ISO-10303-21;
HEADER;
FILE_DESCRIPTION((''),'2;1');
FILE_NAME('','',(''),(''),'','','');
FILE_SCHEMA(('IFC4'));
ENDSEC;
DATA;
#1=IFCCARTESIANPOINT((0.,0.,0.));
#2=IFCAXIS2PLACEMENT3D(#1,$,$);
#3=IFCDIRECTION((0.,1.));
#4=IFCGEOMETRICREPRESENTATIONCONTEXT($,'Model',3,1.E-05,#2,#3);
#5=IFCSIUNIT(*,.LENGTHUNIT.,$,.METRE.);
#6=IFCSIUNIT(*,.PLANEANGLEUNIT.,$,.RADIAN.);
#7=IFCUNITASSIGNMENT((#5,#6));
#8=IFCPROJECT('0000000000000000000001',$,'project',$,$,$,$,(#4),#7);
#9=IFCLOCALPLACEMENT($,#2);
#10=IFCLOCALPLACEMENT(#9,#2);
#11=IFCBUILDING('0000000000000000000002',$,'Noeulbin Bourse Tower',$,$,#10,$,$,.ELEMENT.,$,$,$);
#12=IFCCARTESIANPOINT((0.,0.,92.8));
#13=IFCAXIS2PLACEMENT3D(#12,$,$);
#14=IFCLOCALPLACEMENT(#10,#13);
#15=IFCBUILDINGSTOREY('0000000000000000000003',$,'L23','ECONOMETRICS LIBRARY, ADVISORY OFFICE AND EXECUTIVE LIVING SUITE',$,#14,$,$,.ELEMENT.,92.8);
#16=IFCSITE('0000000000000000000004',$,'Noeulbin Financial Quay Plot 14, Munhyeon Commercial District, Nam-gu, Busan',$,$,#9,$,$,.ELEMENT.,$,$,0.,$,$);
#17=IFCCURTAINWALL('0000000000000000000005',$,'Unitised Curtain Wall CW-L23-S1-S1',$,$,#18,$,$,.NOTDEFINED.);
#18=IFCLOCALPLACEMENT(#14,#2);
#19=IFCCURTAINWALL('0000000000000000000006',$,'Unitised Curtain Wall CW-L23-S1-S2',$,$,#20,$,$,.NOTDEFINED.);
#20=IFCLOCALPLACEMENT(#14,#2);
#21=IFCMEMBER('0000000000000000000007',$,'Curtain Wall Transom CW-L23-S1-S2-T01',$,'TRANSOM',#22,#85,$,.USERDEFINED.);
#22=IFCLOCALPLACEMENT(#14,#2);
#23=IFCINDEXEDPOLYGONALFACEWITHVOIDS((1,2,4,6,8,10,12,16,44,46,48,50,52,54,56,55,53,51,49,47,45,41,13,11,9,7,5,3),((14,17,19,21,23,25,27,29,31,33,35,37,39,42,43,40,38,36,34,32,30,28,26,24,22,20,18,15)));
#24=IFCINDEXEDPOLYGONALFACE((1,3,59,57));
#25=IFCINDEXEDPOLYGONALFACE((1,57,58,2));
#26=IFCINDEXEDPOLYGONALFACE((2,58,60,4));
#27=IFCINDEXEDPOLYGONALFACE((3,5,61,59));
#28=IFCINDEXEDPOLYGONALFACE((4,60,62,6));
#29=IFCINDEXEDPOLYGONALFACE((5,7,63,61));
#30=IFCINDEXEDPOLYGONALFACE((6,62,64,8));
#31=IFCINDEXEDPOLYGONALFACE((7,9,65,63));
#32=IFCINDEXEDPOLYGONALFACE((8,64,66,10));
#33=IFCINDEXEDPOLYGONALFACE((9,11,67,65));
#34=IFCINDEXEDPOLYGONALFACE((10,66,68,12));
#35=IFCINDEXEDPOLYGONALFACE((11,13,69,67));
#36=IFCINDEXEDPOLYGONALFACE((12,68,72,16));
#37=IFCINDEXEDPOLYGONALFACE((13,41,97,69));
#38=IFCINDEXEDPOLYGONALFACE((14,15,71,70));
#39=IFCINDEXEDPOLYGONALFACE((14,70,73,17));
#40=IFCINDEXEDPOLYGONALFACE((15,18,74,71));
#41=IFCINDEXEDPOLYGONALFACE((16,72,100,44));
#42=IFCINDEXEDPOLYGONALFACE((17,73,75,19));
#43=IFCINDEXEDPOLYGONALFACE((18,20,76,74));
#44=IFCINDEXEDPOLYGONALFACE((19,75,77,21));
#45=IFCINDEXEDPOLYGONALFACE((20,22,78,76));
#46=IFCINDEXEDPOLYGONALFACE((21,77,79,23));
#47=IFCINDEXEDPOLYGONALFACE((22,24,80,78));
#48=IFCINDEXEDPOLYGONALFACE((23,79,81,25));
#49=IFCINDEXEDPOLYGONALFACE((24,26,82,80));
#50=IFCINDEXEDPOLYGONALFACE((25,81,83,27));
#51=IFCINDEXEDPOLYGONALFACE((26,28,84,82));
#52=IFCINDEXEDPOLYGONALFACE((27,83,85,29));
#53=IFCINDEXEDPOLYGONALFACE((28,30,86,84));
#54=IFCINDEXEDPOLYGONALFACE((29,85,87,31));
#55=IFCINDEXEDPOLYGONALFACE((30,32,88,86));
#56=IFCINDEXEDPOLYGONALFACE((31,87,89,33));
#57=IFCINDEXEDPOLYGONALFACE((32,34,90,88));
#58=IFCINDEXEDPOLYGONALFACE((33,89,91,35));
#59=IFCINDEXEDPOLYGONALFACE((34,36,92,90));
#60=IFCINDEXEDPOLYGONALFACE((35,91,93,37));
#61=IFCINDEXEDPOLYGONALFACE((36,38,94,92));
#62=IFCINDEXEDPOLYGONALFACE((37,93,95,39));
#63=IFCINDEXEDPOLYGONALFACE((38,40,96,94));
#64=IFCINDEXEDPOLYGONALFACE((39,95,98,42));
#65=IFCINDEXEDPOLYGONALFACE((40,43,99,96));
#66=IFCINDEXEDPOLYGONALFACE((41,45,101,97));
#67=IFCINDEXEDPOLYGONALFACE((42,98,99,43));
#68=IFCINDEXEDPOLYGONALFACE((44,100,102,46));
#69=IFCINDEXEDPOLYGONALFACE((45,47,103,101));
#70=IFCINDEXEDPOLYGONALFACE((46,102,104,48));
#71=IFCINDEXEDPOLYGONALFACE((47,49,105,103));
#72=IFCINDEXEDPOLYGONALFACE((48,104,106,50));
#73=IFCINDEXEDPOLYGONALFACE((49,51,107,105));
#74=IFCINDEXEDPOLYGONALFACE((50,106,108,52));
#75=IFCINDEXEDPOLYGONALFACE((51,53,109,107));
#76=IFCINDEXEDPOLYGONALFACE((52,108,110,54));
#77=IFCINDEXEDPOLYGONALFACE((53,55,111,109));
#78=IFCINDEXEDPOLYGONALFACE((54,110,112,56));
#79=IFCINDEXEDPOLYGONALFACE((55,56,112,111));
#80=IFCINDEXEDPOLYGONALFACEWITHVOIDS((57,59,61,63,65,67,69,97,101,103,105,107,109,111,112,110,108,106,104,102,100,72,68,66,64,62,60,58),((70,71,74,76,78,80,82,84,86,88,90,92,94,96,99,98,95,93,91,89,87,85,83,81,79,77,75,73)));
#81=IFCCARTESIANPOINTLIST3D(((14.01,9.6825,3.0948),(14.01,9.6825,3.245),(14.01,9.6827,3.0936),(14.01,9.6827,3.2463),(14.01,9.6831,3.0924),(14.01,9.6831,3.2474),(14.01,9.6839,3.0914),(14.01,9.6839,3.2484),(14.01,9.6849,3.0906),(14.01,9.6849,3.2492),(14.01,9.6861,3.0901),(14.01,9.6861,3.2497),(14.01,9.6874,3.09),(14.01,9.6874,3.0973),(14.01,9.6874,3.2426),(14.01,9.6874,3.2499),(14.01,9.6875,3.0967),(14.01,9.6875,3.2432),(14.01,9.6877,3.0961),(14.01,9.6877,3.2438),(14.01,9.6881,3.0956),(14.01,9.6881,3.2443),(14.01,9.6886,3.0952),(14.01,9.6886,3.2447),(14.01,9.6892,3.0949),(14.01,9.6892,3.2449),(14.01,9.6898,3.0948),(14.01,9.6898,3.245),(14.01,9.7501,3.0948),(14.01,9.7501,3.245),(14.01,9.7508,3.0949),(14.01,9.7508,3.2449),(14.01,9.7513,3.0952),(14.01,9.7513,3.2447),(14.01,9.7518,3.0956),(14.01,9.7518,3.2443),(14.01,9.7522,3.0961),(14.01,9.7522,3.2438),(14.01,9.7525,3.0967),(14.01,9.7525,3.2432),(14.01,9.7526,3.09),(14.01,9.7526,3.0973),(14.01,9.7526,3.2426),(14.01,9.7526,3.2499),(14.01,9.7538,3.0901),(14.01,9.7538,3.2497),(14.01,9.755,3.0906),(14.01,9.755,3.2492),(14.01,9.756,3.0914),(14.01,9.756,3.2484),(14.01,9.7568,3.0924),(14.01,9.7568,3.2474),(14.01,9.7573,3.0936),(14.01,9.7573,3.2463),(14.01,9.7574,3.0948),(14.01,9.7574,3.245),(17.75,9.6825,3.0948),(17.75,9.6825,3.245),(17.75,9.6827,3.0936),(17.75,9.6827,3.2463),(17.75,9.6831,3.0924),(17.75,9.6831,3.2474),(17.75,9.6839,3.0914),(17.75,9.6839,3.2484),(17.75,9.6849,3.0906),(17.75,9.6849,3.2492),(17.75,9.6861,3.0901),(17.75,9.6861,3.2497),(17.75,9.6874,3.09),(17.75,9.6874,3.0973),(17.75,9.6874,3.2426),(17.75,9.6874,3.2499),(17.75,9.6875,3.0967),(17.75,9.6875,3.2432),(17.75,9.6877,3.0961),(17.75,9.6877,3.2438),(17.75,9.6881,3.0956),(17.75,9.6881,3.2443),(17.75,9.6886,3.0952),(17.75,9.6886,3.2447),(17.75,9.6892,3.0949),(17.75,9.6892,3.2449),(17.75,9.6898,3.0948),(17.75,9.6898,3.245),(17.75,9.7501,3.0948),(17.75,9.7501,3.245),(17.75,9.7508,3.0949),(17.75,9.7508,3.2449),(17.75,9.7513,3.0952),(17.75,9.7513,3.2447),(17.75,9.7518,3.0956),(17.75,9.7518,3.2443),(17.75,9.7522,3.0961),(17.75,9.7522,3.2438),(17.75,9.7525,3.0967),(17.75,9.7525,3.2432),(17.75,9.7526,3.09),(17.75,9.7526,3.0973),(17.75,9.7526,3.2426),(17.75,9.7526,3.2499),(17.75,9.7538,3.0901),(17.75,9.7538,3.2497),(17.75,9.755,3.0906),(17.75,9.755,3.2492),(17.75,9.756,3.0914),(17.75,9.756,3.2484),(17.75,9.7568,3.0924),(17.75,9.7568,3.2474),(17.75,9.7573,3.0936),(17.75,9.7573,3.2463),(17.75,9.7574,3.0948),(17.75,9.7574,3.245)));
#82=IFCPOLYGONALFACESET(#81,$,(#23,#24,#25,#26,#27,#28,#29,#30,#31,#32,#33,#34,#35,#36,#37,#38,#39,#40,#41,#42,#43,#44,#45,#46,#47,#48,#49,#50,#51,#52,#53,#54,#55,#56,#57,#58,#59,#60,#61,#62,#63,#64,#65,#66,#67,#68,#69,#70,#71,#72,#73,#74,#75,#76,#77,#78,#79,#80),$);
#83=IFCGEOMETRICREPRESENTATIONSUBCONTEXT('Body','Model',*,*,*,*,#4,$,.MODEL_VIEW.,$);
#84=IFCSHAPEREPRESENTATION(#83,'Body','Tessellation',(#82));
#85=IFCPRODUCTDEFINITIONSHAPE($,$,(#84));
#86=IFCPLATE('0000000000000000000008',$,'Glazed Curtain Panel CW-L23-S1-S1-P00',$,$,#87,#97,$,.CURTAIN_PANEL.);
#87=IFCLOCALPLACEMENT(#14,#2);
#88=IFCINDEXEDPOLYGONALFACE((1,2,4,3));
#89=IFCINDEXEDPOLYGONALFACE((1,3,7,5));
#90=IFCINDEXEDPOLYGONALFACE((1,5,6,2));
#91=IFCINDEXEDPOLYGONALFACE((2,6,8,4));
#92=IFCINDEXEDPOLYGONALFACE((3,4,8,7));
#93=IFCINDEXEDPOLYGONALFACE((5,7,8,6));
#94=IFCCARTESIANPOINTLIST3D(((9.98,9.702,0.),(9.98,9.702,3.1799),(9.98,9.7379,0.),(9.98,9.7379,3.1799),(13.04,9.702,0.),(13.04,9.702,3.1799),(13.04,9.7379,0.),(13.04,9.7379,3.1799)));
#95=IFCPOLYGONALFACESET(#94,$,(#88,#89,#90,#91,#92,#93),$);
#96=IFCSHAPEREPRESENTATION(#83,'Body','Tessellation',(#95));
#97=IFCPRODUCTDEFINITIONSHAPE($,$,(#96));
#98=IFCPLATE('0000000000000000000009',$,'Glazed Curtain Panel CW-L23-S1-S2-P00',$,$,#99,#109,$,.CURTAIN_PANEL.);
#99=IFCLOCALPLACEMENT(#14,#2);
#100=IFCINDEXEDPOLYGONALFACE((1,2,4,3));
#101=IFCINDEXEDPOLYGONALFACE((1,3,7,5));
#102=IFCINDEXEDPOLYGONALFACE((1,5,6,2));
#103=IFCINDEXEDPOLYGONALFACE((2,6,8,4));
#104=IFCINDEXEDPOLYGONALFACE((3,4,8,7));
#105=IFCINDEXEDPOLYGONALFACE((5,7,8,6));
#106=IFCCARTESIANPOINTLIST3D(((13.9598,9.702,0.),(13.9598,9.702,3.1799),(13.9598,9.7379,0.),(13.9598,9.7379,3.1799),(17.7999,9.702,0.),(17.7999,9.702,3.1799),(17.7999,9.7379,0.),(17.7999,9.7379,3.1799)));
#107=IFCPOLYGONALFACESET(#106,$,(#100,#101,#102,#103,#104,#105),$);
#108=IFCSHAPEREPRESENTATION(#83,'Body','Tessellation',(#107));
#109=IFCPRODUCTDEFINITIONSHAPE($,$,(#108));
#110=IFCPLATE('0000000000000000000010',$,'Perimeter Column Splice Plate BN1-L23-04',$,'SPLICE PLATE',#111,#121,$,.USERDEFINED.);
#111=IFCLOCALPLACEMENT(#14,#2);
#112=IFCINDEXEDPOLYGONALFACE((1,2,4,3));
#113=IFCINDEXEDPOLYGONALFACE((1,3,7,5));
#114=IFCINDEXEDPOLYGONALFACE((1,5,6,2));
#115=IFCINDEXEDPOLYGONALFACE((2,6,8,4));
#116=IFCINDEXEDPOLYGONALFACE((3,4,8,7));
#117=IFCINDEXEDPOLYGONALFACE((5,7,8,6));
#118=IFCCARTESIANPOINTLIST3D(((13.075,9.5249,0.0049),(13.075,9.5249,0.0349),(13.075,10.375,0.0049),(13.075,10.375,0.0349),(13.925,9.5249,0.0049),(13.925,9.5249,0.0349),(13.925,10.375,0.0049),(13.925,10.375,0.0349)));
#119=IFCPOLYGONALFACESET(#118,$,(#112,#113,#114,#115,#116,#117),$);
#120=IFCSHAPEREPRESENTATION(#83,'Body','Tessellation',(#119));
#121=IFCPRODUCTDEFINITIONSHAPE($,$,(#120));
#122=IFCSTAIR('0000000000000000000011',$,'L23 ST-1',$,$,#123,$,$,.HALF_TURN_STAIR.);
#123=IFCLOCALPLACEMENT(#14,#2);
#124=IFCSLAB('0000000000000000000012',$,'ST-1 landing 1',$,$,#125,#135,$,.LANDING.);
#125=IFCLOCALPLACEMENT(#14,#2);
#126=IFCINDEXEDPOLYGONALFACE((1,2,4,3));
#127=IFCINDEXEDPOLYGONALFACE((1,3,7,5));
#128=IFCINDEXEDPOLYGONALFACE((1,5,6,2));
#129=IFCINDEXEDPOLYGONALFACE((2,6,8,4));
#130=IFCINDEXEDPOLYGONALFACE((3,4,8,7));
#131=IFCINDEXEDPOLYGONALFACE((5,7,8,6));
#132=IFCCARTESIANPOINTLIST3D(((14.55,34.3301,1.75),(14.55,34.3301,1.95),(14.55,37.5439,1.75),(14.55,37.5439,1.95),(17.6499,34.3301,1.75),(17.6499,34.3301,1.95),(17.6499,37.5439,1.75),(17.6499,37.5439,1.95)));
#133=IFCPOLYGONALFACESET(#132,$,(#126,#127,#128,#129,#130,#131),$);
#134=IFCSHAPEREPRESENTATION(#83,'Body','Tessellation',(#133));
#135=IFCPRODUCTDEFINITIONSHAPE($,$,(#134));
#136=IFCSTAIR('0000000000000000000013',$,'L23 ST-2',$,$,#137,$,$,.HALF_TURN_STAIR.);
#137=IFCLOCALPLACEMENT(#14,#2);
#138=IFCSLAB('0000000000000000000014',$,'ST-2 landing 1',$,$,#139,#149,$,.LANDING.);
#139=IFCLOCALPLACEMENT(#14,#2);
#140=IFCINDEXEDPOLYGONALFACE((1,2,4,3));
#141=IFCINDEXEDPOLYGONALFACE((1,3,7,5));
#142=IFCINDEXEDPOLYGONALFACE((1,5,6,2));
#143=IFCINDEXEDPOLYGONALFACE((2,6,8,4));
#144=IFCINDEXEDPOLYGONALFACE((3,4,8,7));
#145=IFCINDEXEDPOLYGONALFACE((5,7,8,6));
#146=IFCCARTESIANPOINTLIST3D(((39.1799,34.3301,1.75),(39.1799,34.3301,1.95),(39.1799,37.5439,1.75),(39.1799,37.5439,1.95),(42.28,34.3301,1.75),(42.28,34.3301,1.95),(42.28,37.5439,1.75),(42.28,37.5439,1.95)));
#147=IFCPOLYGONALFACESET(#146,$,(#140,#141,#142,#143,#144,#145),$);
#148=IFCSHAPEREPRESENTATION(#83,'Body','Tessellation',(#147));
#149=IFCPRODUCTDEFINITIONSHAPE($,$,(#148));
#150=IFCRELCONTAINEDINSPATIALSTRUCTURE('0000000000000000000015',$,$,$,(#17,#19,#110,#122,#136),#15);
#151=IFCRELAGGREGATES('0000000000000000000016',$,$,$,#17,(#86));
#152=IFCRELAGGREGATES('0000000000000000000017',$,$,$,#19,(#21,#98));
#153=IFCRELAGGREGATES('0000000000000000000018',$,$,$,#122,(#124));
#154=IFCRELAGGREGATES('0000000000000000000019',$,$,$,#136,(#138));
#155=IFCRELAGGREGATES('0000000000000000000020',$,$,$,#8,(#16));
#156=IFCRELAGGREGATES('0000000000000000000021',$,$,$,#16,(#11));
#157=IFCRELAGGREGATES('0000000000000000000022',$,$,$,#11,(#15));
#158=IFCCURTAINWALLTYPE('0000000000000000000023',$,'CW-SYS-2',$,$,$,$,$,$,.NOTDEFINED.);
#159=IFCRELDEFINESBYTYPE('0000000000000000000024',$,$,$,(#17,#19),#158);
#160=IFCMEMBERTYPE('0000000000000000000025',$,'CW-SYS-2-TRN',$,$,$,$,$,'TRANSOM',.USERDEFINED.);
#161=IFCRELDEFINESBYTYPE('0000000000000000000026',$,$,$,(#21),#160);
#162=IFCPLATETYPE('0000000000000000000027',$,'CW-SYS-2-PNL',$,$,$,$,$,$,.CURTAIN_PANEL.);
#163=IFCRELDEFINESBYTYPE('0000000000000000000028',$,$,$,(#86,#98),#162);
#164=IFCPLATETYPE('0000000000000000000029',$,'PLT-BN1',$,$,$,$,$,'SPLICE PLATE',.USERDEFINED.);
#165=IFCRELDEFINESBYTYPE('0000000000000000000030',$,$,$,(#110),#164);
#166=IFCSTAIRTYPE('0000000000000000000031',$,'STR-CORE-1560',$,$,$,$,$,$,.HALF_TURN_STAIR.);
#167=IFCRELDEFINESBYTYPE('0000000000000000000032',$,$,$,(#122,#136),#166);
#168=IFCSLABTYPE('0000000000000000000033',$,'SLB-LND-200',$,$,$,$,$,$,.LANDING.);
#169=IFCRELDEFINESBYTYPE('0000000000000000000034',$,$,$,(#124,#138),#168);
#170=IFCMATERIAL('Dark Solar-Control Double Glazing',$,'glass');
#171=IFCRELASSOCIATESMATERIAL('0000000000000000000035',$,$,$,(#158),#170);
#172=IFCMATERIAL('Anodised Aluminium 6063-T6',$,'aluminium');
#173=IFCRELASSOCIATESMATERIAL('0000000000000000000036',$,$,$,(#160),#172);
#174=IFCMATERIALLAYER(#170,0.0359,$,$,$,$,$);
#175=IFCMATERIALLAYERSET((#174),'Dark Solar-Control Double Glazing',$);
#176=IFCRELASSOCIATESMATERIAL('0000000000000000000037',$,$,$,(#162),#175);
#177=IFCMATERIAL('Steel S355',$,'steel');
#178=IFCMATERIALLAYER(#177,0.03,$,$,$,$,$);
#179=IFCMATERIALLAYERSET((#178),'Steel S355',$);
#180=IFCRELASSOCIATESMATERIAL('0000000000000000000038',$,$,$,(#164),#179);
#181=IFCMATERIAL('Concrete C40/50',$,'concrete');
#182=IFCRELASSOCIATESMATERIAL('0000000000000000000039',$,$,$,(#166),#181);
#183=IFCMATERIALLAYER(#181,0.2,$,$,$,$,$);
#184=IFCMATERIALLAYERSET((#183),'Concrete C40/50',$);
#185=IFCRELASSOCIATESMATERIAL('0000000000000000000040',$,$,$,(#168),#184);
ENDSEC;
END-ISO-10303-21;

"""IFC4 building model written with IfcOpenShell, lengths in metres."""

from ifc_helpers import new_model, si_unit, direction, frame, origin, origin_2d, place, context, subcontext, project, spatial, polyline, rectangle, hollow_rectangle, outline, extrude, material, layer, layer_set, material_profile, profile_set, type_object, element, aggregate, save


model = new_model("IFC4")

# Units and contexts
model_context = context("Model", 3, precision=1e-05, world=origin(), true_north=direction((0.0, 1.0)))
body_context = subcontext(model_context, "Body", "Model", "MODEL_VIEW")
ifc_project = project(units=[si_unit("LENGTHUNIT", "METRE"), si_unit("PLANEANGLEUNIT", "RADIAN")], contexts=[model_context])

# Site, building, storey
site_placement = place(None, origin())
site = spatial("IfcSite", under=ifc_project, at=site_placement, Name="Noeulbin Financial Quay Plot 14, Munhyeon Commercial District, Nam-gu, Busan", CompositionType="ELEMENT", RefElevation=0.0)
building_placement = place(site_placement, origin())
building = spatial("IfcBuilding", under=site, at=building_placement, Name="Noeulbin Bourse Tower", CompositionType="ELEMENT")
storey_placement = place(building_placement, frame((0.0, 0.0, 92.8)))
storey = spatial("IfcBuildingStorey", under=building, at=storey_placement, Name="L23", Description="ECONOMETRICS LIBRARY, ADVISORY OFFICE AND EXECUTIVE LIVING SUITE", CompositionType="ELEMENT", Elevation=92.8)

# Shared definitions
ifc_material_1 = material(Name="Steel S355", Category="steel")

# Curtain wall
ifc_material_2 = material(Name="Dark Solar-Control Double Glazing", Category="glass")
curtain_wall_type = type_object("IfcCurtainWallType", Name="CW-SYS-2", PredefinedType="NOTDEFINED", material=ifc_material_2)
curtain_wall_1_placement = place(storey_placement, origin())
curtain_wall_1 = element("IfcCurtainWall", 1, at=curtain_wall_1_placement, inside=storey, type_object=curtain_wall_type, Name="Unitised Curtain Wall CW-L23-S1-S1", PredefinedType="NOTDEFINED")
ifc_material_3 = material(Name="Anodised Aluminium 6063-T6", Category="aluminium")

# Curtain wall
curtain_wall_2_placement = place(storey_placement, origin())
curtain_wall_2 = element("IfcCurtainWall", 2, at=curtain_wall_2_placement, inside=storey, type_object=curtain_wall_type, Name="Unitised Curtain Wall CW-L23-S1-S2", PredefinedType="NOTDEFINED")

# Member
ifc_material_profile_1 = material_profile(ifc_material_3, hollow_rectangle(XDim=0.075, YDim=0.1599, WallThickness=0.0049, InnerFilletRadius=0.0024, OuterFilletRadius=0.0049, at=origin_2d()), Name="ALU-TRAN-75x160x5", Category="LoadBearing")
ifc_profile_set_1 = profile_set([ifc_material_profile_1], Name="Anodised Aluminium 6063-T6")
member_type_1 = type_object("IfcMemberType", Name="CW-SYS-2-TRN", ElementType="TRANSOM", PredefinedType="USERDEFINED", material=ifc_profile_set_1)
member_1_placement = place(storey_placement, frame((14.01, 9.72, 3.1699), z_axis=(1.0, 0.0, 0.0), x_axis=(0.0, 1.0, 0.0)))
member_1 = element("IfcMember", 3, at=member_1_placement, type_object=member_type_1, Name="Curtain Wall Transom CW-L23-S1-S2-T01", ObjectType="TRANSOM", PredefinedType="USERDEFINED", context=body_context, shape_type="SweptSolid", body=[
    extrude(hollow_rectangle(XDim=0.075, YDim=0.1599, WallThickness=0.0049, InnerFilletRadius=0.0024, OuterFilletRadius=0.0049, at=origin_2d()), origin(), (0.0, 0.0, 1.0), 3.74),
])

# Plates
ifc_layer_1 = layer(ifc_material_2, 0.0359)
ifc_layer_set_1 = layer_set([ifc_layer_1], Name="Dark Solar-Control Double Glazing")
plate_type_1 = type_object("IfcPlateType", Name="CW-SYS-2-PNL", PredefinedType="CURTAIN_PANEL", material=ifc_layer_set_1)
plate_1_placement = place(storey_placement, frame((11.51, 9.72, 0.0), z_axis=(0.0, 0.0, 1.0), x_axis=(1.0, 0.0, 0.0)))
plate_1 = element("IfcPlate", 4, at=plate_1_placement, type_object=plate_type_1, Name="Glazed Curtain Panel CW-L23-S1-S1-P00", PredefinedType="CURTAIN_PANEL", context=body_context, shape_type="SweptSolid", body=[
    extrude(rectangle(XDim=3.0601, YDim=0.0359, at=origin_2d()), origin(), (0.0, 0.0, 1.0), 3.1799),
])
aggregate(curtain_wall_1, [plate_1])
plate_2_placement = place(storey_placement, frame((15.8799, 9.72, 0.0), z_axis=(0.0, 0.0, 1.0), x_axis=(1.0, 0.0, 0.0)))
plate_2 = element("IfcPlate", 5, at=plate_2_placement, type_object=plate_type_1, Name="Glazed Curtain Panel CW-L23-S1-S2-P00", PredefinedType="CURTAIN_PANEL", context=body_context, shape_type="SweptSolid", body=[
    extrude(rectangle(XDim=3.8401, YDim=0.0359, at=origin_2d()), origin(), (0.0, 0.0, 1.0), 3.1799),
])
aggregate(curtain_wall_2, [member_1, plate_2])
ifc_layer_2 = layer(ifc_material_1, 0.03)
ifc_layer_set_2 = layer_set([ifc_layer_2], Name="Steel S355")
plate_type_2 = type_object("IfcPlateType", Name="PLT-BN1", ElementType="SPLICE PLATE", PredefinedType="USERDEFINED", material=ifc_layer_set_2)
plate_3_placement = place(storey_placement, frame((13.5, 9.95, 0.0049), z_axis=(0.0, 0.0, 1.0), x_axis=(1.0, 0.0, 0.0)))
element("IfcPlate", 6, at=plate_3_placement, inside=storey, type_object=plate_type_2, Name="Perimeter Column Splice Plate BN1-L23-04", ObjectType="SPLICE PLATE", PredefinedType="USERDEFINED", context=body_context, shape_type="SweptSolid", body=[
    extrude(rectangle(XDim=0.8501, YDim=0.8501, at=origin_2d()), origin(), (0.0, 0.0, 1.0), 0.03),
])

# Stairs, slabs
ifc_material_4 = material(Name="Concrete C40/50", Category="concrete")
stair_type = type_object("IfcStairType", Name="STR-CORE-1560", PredefinedType="HALF_TURN_STAIR", material=ifc_material_4)
stair_1_placement = place(storey_placement, origin())
stair_1 = element("IfcStair", 7, at=stair_1_placement, inside=storey, type_object=stair_type, Name="L23 ST-1", PredefinedType="HALF_TURN_STAIR")
ifc_layer_3 = layer(ifc_material_4, 0.2)
ifc_layer_set_3 = layer_set([ifc_layer_3], Name="Concrete C40/50")
slab_type_1 = type_object("IfcSlabType", Name="SLB-LND-200", PredefinedType="LANDING", material=ifc_layer_set_3)
slab_1_placement = place(storey_placement, frame((0.0, 0.0, 1.75)))
slab_1 = element("IfcSlab", 8, at=slab_1_placement, type_object=slab_type_1, Name="ST-1 landing 1", PredefinedType="LANDING", context=body_context, shape_type="SweptSolid", body=[
    extrude(outline(polyline([(17.6499, 34.3301), (17.6499, 37.5439), (14.55, 37.5439), (14.55, 34.3301), (17.6499, 34.3301)])), origin(), (0.0, 0.0, 1.0), 0.2),
])
aggregate(stair_1, [slab_1])
stair_2_placement = place(storey_placement, origin())
stair_2 = element("IfcStair", 9, at=stair_2_placement, inside=storey, type_object=stair_type, Name="L23 ST-2", PredefinedType="HALF_TURN_STAIR")
slab_2_placement = place(storey_placement, frame((0.0, 0.0, 1.75)))
slab_2 = element("IfcSlab", 10, at=slab_2_placement, type_object=slab_type_1, Name="ST-2 landing 1", PredefinedType="LANDING", context=body_context, shape_type="SweptSolid", body=[
    extrude(outline(polyline([(42.28, 34.3301), (42.28, 37.5439), (39.1799, 37.5439), (39.1799, 34.3301), (42.28, 34.3301)])), origin(), (0.0, 0.0, 1.0), 0.2),
])
aggregate(stair_2, [slab_2])

save(model, "model.ifc")
